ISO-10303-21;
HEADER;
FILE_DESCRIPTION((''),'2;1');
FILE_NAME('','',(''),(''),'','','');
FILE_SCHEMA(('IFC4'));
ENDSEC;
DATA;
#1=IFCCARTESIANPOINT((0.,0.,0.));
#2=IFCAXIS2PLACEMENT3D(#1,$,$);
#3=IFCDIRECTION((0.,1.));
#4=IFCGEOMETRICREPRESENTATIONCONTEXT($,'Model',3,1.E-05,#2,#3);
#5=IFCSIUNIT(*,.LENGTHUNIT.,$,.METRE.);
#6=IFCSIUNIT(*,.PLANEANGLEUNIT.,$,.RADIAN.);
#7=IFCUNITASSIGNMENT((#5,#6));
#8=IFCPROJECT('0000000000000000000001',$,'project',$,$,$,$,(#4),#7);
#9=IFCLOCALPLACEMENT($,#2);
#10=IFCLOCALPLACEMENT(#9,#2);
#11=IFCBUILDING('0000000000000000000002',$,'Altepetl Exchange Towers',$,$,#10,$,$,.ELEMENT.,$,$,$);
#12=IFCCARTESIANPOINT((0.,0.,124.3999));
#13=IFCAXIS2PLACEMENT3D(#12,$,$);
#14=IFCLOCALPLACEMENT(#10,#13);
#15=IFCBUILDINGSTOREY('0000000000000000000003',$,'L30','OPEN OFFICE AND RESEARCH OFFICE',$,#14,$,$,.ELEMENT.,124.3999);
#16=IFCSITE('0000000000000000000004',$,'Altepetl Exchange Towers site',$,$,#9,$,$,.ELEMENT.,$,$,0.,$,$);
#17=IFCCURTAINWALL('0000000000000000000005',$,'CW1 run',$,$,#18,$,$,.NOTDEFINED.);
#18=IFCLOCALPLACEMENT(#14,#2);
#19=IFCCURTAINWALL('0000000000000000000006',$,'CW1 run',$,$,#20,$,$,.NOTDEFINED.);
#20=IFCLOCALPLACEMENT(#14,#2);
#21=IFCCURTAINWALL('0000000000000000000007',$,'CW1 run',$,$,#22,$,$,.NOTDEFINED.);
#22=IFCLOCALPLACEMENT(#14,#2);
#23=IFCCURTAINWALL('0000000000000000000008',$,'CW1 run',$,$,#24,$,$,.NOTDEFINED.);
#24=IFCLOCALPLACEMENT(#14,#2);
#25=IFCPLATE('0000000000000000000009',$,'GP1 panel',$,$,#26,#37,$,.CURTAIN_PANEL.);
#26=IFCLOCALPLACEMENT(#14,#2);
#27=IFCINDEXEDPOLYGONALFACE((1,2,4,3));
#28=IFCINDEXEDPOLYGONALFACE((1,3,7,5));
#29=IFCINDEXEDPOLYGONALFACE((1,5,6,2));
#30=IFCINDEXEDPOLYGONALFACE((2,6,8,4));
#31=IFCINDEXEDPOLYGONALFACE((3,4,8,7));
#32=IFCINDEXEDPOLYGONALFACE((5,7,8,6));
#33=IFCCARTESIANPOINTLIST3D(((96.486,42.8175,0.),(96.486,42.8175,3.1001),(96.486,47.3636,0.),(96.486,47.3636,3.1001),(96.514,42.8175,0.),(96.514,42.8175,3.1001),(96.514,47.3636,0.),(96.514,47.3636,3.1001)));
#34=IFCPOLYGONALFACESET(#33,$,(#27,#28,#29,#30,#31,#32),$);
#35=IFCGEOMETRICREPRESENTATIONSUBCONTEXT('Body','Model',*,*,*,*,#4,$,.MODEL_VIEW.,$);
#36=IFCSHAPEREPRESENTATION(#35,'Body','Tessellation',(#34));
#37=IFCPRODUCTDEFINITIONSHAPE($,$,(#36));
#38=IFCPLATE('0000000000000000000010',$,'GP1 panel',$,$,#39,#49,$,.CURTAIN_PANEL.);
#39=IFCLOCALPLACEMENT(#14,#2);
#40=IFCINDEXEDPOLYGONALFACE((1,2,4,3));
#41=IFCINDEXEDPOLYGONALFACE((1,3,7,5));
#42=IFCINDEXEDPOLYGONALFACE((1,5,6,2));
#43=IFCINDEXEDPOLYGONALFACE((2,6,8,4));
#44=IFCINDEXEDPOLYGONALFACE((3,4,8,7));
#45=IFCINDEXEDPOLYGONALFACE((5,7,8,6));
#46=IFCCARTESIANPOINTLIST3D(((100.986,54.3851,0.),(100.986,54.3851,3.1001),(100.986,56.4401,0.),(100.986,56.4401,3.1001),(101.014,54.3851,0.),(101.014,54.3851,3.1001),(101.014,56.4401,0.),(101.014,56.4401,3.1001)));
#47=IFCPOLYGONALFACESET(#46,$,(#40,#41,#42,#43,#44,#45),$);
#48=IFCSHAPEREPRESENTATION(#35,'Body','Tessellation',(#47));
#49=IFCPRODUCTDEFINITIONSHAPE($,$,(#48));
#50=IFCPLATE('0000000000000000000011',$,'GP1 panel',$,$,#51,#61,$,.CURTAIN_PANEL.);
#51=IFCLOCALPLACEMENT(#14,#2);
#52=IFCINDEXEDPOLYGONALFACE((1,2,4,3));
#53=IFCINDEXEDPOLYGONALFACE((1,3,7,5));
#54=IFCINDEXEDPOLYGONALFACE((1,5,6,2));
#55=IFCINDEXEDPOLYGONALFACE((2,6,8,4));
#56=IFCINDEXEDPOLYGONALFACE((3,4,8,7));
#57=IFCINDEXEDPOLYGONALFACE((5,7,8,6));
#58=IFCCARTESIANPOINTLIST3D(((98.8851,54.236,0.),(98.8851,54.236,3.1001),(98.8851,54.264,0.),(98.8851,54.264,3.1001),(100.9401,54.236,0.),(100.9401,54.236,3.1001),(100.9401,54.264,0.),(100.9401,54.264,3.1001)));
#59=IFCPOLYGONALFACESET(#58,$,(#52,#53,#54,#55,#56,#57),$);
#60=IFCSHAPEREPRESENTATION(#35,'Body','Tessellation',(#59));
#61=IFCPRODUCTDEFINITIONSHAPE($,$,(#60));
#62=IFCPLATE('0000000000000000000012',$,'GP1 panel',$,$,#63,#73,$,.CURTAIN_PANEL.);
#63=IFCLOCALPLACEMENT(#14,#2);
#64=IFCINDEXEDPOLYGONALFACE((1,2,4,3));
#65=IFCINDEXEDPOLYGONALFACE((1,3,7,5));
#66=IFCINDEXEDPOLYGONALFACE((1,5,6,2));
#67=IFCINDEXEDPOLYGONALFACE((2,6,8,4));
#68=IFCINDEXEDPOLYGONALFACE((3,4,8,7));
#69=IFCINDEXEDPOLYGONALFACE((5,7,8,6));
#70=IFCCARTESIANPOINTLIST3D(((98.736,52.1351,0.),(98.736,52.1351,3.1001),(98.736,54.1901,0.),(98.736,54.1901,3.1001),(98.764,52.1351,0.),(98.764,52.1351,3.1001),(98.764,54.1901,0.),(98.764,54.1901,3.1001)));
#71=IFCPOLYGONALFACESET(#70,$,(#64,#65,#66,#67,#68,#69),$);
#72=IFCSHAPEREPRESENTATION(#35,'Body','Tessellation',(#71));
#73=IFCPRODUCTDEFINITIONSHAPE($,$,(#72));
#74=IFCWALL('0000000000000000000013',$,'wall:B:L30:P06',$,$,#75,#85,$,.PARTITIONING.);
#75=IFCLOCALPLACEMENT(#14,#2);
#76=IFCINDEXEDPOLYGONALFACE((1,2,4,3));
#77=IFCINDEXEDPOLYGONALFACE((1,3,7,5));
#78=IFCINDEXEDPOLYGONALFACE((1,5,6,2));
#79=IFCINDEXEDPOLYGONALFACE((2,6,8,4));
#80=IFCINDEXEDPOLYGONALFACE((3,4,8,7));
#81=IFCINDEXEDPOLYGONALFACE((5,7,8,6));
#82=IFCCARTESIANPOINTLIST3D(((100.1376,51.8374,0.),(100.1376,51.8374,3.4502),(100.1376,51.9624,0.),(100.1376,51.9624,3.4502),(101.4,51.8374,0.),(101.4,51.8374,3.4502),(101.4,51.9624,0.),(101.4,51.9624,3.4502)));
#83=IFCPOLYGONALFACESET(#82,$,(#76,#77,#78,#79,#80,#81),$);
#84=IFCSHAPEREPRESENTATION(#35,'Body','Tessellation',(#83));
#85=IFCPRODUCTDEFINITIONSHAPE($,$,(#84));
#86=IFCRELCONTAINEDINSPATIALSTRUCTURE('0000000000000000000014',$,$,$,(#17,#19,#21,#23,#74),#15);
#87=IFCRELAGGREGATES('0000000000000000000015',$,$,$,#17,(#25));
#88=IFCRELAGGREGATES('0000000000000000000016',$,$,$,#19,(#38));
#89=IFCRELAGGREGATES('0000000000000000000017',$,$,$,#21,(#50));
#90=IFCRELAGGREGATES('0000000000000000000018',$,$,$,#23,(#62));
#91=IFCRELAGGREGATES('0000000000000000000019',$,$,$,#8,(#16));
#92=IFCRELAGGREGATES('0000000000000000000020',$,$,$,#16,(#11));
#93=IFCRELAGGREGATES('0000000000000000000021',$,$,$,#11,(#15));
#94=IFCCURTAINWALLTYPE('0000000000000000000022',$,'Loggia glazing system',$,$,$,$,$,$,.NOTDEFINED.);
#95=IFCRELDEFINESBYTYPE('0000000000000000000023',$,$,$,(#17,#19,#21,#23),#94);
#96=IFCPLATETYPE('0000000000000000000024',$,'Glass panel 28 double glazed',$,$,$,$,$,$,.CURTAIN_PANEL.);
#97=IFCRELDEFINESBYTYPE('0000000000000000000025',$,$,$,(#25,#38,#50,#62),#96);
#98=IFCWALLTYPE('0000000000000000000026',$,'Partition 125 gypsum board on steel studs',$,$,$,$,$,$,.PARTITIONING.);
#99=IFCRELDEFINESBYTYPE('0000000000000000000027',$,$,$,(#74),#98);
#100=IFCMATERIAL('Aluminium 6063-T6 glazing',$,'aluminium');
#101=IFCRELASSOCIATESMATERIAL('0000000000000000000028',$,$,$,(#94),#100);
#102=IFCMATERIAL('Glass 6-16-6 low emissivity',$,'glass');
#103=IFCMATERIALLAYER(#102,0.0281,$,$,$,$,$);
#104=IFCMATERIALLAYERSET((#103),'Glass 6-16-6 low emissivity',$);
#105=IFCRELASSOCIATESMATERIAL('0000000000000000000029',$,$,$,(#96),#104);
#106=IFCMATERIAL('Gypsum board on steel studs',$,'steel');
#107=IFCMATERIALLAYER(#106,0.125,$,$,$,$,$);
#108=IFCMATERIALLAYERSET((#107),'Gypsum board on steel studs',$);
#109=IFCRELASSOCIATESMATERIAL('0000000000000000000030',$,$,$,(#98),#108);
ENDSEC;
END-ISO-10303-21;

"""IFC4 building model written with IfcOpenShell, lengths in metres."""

from ifc_helpers import new_model, si_unit, direction, frame, frame_2d, origin, origin_2d, place, context, subcontext, project, spatial, rectangle, extrude, material, layer, layer_set, type_object, element, aggregate, save


model = new_model("IFC4")

# Units and contexts
model_context = context("Model", 3, precision=1e-05, world=origin(), true_north=direction((0.0, 1.0)))
body_context = subcontext(model_context, "Body", "Model", "MODEL_VIEW")
ifc_project = project(units=[si_unit("LENGTHUNIT", "METRE"), si_unit("PLANEANGLEUNIT", "RADIAN")], contexts=[model_context])

# Site, building, storey
site_placement = place(None, origin())
site = spatial("IfcSite", under=ifc_project, at=site_placement, Name="Altepetl Exchange Towers site", CompositionType="ELEMENT", RefElevation=0.0)
building_placement = place(site_placement, origin())
building = spatial("IfcBuilding", under=site, at=building_placement, Name="Altepetl Exchange Towers", CompositionType="ELEMENT")
storey_placement = place(building_placement, frame((0.0, 0.0, 124.3999)))
storey = spatial("IfcBuildingStorey", under=building, at=storey_placement, Name="L30", Description="OPEN OFFICE AND RESEARCH OFFICE", CompositionType="ELEMENT", Elevation=124.3999)

# Curtain walls
ifc_material_1 = material(Name="Aluminium 6063-T6 glazing", Category="aluminium")
curtain_wall_type = type_object("IfcCurtainWallType", Name="Loggia glazing system", PredefinedType="NOTDEFINED", material=ifc_material_1)
curtain_wall_1_placement = place(storey_placement, origin())
curtain_wall_1 = element("IfcCurtainWall", 1, at=curtain_wall_1_placement, inside=storey, type_object=curtain_wall_type, Name="CW1 run", PredefinedType="NOTDEFINED")
curtain_wall_2_placement = place(storey_placement, origin())
curtain_wall_2 = element("IfcCurtainWall", 2, at=curtain_wall_2_placement, inside=storey, type_object=curtain_wall_type, Name="CW1 run", PredefinedType="NOTDEFINED")
curtain_wall_3_placement = place(storey_placement, origin())
curtain_wall_3 = element("IfcCurtainWall", 3, at=curtain_wall_3_placement, inside=storey, type_object=curtain_wall_type, Name="CW1 run", PredefinedType="NOTDEFINED")
curtain_wall_4_placement = place(storey_placement, origin())
curtain_wall_4 = element("IfcCurtainWall", 4, at=curtain_wall_4_placement, inside=storey, type_object=curtain_wall_type, Name="CW1 run", PredefinedType="NOTDEFINED")

# Plates
ifc_material_2 = material(Name="Glass 6-16-6 low emissivity", Category="glass")
ifc_layer_1 = layer(ifc_material_2, 0.0281)
ifc_layer_set_1 = layer_set([ifc_layer_1], Name="Glass 6-16-6 low emissivity")
plate_type = type_object("IfcPlateType", Name="Glass panel 28 double glazed", PredefinedType="CURTAIN_PANEL", material=ifc_layer_set_1)
plate_1_placement = place(storey_placement, frame((96.5, 45.0906, 0.0), z_axis=(0.0, 0.0, 1.0), x_axis=(0.0, -1.0, 0.0)))
plate_1 = element("IfcPlate", 5, at=plate_1_placement, type_object=plate_type, Name="GP1 panel", PredefinedType="CURTAIN_PANEL", context=body_context, shape_type="SweptSolid", body=[
    extrude(rectangle(XDim=4.5461, YDim=0.0281, at=origin_2d()), origin(), (0.0, 0.0, 1.0), 3.1001),
])
aggregate(curtain_wall_1, [plate_1])
plate_2_placement = place(storey_placement, frame((101.0, 55.4126, 0.0), z_axis=(0.0, 0.0, 1.0), x_axis=(0.0, -1.0, 0.0)))
plate_2 = element("IfcPlate", 6, at=plate_2_placement, type_object=plate_type, Name="GP1 panel", PredefinedType="CURTAIN_PANEL", context=body_context, shape_type="SweptSolid", body=[
    extrude(rectangle(XDim=2.0549, YDim=0.0281, at=origin_2d()), origin(), (0.0, 0.0, 1.0), 3.1001),
])
aggregate(curtain_wall_2, [plate_2])
plate_3_placement = place(storey_placement, frame((99.9126, 54.25, 0.0), z_axis=(0.0, 0.0, 1.0), x_axis=(-1.0, 0.0, 0.0)))
plate_3 = element("IfcPlate", 7, at=plate_3_placement, type_object=plate_type, Name="GP1 panel", PredefinedType="CURTAIN_PANEL", context=body_context, shape_type="SweptSolid", body=[
    extrude(rectangle(XDim=2.0549, YDim=0.0281, at=origin_2d()), origin(), (0.0, 0.0, 1.0), 3.1001),
])
aggregate(curtain_wall_3, [plate_3])
plate_4_placement = place(storey_placement, frame((98.75, 53.1626, 0.0), z_axis=(0.0, 0.0, 1.0), x_axis=(0.0, -1.0, 0.0)))
plate_4 = element("IfcPlate", 8, at=plate_4_placement, type_object=plate_type, Name="GP1 panel", PredefinedType="CURTAIN_PANEL", context=body_context, shape_type="SweptSolid", body=[
    extrude(rectangle(XDim=2.0549, YDim=0.0281, at=origin_2d()), origin(), (0.0, 0.0, 1.0), 3.1001),
])
aggregate(curtain_wall_4, [plate_4])

# Wall
ifc_material_3 = material(Name="Gypsum board on steel studs", Category="steel")
ifc_layer_2 = layer(ifc_material_3, 0.125)
ifc_layer_set_2 = layer_set([ifc_layer_2], Name="Gypsum board on steel studs")
wall_type = type_object("IfcWallType", Name="Partition 125 gypsum board on steel studs", PredefinedType="PARTITIONING", material=ifc_layer_set_2)
wall_placement = place(storey_placement, frame((100.1375, 51.8999, 0.0)))
element("IfcWall", 9, at=wall_placement, inside=storey, type_object=wall_type, Name="wall:B:L30:P06", PredefinedType="PARTITIONING", context=body_context, shape_type="SweptSolid", body=[
    extrude(rectangle(XDim=1.2625, YDim=0.125, at=frame_2d((0.6313, 0.0))), origin(), (0.0, 0.0, 1.0), 3.4502),
])

save(model, "model.ifc")
